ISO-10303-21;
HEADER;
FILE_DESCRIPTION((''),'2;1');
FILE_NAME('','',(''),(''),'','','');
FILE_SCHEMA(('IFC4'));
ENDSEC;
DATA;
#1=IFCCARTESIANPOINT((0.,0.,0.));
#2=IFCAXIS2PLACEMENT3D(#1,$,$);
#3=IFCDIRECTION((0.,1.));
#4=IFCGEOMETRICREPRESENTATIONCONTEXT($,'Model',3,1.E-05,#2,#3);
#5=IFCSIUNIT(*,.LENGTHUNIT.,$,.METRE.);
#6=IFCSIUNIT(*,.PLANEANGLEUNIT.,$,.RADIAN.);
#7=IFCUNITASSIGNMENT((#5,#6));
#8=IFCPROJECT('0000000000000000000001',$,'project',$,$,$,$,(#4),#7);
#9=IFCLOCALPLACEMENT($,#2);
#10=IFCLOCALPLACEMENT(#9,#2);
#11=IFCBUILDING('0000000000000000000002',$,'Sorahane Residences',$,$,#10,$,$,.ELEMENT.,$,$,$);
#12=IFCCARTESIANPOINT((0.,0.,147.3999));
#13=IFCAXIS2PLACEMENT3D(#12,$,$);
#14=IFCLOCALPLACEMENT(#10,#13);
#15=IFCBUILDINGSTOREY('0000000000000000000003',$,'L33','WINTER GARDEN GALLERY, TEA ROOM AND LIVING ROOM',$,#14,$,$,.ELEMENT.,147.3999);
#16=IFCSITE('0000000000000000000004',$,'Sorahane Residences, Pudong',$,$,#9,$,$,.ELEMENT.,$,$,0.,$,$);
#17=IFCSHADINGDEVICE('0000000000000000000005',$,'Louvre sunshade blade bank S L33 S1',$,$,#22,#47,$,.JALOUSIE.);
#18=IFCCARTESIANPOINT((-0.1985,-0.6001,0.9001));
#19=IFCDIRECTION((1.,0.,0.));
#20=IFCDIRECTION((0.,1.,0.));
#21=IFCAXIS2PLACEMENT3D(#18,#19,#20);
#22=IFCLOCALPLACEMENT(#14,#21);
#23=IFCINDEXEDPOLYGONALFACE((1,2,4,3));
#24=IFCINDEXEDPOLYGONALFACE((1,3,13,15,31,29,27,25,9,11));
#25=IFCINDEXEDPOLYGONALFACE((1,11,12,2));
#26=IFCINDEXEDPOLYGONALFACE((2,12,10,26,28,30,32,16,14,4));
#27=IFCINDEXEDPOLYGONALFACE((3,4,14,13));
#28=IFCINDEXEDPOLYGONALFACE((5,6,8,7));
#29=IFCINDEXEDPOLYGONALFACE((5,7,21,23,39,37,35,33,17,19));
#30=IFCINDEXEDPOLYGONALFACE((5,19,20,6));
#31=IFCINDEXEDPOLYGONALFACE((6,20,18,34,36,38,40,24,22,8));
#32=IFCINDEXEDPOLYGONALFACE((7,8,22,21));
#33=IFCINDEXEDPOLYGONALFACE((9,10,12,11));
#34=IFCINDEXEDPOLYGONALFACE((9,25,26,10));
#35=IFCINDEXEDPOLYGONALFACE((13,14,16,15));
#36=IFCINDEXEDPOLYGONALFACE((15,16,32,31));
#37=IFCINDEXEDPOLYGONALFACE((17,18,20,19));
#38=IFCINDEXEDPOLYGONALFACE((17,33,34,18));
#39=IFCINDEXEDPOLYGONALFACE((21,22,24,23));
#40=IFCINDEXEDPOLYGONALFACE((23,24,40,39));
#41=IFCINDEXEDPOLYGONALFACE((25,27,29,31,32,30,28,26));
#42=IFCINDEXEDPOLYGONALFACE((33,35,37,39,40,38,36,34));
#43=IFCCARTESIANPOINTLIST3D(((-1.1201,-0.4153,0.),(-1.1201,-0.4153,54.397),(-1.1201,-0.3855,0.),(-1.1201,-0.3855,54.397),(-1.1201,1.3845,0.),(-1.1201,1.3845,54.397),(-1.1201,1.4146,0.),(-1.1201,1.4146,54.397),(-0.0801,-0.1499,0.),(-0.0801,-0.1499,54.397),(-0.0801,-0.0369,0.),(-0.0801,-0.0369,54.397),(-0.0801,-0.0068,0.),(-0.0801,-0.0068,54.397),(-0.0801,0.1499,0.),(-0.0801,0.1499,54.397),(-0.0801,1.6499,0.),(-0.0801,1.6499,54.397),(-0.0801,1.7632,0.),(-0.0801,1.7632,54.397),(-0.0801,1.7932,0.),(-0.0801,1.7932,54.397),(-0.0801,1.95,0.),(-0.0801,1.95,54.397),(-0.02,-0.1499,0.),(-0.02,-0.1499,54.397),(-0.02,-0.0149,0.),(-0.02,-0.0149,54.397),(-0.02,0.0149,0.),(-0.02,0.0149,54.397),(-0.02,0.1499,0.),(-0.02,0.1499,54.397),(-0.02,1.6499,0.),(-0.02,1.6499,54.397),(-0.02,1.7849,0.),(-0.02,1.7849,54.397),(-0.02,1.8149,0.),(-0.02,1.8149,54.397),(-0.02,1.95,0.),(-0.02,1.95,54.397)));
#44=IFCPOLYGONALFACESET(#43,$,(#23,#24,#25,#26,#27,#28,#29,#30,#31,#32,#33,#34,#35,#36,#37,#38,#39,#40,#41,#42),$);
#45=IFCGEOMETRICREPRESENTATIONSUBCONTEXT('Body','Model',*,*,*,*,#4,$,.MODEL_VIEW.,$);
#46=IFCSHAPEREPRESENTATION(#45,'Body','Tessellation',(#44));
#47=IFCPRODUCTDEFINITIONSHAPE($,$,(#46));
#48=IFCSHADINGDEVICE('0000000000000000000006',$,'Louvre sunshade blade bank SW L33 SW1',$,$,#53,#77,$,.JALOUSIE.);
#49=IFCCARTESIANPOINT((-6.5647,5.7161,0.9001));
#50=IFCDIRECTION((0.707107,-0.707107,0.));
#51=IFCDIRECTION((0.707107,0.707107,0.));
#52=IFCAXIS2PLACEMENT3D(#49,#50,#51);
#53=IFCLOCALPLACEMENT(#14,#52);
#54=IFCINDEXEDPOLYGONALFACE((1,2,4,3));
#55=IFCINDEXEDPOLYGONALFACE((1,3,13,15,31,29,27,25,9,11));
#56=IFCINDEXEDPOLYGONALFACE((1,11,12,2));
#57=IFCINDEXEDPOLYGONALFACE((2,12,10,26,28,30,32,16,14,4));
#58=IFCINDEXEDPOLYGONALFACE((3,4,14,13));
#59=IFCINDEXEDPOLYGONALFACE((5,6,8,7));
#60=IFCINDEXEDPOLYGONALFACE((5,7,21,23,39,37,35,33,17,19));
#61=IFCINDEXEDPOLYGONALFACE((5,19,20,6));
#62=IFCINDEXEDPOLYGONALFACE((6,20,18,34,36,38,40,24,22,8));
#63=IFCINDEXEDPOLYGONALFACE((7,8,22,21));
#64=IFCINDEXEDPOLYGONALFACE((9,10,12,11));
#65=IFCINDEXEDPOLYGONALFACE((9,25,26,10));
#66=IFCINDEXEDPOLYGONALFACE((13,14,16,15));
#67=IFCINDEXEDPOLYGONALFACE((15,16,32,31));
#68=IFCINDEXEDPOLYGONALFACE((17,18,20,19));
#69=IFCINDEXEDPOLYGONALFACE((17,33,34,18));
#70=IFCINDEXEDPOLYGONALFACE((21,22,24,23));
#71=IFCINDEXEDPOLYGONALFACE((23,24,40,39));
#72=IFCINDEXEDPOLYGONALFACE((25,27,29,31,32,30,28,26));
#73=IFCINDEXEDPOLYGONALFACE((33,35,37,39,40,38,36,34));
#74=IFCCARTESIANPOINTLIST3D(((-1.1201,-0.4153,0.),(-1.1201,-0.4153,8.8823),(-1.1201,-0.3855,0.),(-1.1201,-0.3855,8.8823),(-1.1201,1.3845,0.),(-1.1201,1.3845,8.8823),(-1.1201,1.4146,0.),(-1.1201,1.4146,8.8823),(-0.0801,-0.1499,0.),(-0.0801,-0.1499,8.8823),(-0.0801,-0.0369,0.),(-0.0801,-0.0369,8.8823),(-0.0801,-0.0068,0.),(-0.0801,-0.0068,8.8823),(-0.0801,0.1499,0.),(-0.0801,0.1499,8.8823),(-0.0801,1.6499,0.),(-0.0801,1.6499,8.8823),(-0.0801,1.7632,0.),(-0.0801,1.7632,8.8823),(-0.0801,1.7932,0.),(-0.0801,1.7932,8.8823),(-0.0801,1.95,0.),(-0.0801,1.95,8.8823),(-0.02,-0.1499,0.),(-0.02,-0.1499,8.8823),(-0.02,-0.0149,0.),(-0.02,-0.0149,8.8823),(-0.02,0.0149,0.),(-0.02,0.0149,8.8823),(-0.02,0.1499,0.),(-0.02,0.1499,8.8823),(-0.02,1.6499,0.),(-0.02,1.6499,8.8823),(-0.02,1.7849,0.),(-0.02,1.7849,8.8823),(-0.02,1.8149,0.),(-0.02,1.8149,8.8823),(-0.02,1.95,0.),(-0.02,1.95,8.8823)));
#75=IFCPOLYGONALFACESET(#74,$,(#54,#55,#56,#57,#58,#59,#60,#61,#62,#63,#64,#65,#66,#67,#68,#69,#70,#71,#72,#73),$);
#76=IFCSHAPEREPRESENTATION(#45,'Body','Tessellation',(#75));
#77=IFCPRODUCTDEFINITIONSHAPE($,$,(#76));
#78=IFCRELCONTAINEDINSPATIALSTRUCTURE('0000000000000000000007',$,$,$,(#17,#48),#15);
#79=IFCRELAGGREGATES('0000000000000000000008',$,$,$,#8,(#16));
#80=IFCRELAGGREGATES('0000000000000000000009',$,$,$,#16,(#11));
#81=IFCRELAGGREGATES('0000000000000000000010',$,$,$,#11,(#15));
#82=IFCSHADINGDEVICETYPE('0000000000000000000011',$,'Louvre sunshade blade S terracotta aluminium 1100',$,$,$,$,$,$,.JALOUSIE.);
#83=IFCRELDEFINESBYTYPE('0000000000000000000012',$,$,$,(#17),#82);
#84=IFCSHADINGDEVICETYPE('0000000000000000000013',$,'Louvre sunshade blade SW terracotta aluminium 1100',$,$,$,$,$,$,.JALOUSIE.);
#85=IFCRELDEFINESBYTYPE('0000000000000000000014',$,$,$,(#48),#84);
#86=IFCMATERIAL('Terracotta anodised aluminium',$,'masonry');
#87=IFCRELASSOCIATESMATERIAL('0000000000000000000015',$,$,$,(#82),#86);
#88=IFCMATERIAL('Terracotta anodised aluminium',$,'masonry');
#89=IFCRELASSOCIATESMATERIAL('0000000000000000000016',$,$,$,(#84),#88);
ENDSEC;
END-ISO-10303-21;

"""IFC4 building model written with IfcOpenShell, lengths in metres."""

from ifc_helpers import new_model, si_unit, direction, frame, origin, place, context, subcontext, project, spatial, polyline, outline, composite_profile, extrude, material, type_object, element, save


model = new_model("IFC4")

# Units and contexts
model_context = context("Model", 3, precision=1e-05, world=origin(), true_north=direction((0.0, 1.0)))
body_context = subcontext(model_context, "Body", "Model", "MODEL_VIEW")
ifc_project = project(units=[si_unit("LENGTHUNIT", "METRE"), si_unit("PLANEANGLEUNIT", "RADIAN")], contexts=[model_context])

# Site, building, storey
site_placement = place(None, origin())
site = spatial("IfcSite", under=ifc_project, at=site_placement, Name="Sorahane Residences, Pudong", CompositionType="ELEMENT", RefElevation=0.0)
building_placement = place(site_placement, origin())
building = spatial("IfcBuilding", under=site, at=building_placement, Name="Sorahane Residences", CompositionType="ELEMENT")
storey_placement = place(building_placement, frame((0.0, 0.0, 147.3999)))
storey = spatial("IfcBuildingStorey", under=building, at=storey_placement, Name="L33", Description="WINTER GARDEN GALLERY, TEA ROOM AND LIVING ROOM", CompositionType="ELEMENT", Elevation=147.3999)

# Shading devices
ifc_material_1 = material(Name="Terracotta anodised aluminium", Category="masonry")
shading_device_type_1 = type_object("IfcShadingDeviceType", Name="Louvre sunshade blade S terracotta aluminium 1100", PredefinedType="JALOUSIE", material=ifc_material_1)
shading_device_1_placement = place(storey_placement, frame((-0.1985, -0.6001, 0.9001), z_axis=(1.0, 0.0, 0.0), x_axis=(0.0, 1.0, 0.0)))
element("IfcShadingDevice", 1, at=shading_device_1_placement, inside=storey, type_object=shading_device_type_1, Name="Louvre sunshade blade bank S L33 S1", PredefinedType="JALOUSIE", context=body_context, shape_type="SweptSolid", body=[
    extrude(composite_profile([outline(polyline([(-1.1201, -0.3855), (-1.1201, -0.4153), (-0.0801, -0.0369), (-0.0801, -0.1499), (-0.02, -0.1499), (-0.02, -0.0149), (-0.02, 0.0149), (-0.02, 0.1499), (-0.0801, 0.1499), (-0.0801, -0.0068), (-1.1201, -0.3855)])), outline(polyline([(-1.1201, 1.4146), (-1.1201, 1.3845), (-0.0801, 1.7632), (-0.0801, 1.6499), (-0.02, 1.6499), (-0.02, 1.7849), (-0.02, 1.8149), (-0.02, 1.95), (-0.0801, 1.95), (-0.0801, 1.7932), (-1.1201, 1.4146)]))]), origin(), (0.0, 0.0, 1.0), 54.397),
])
ifc_material_2 = material(Name="Terracotta anodised aluminium", Category="masonry")
shading_device_type_2 = type_object("IfcShadingDeviceType", Name="Louvre sunshade blade SW terracotta aluminium 1100", PredefinedType="JALOUSIE", material=ifc_material_2)
shading_device_2_placement = place(storey_placement, frame((-6.5647, 5.7161, 0.9001), z_axis=(0.707107, -0.707107, 0.0), x_axis=(0.707107, 0.707107, 0.0)))
element("IfcShadingDevice", 2, at=shading_device_2_placement, inside=storey, type_object=shading_device_type_2, Name="Louvre sunshade blade bank SW L33 SW1", PredefinedType="JALOUSIE", context=body_context, shape_type="SweptSolid", body=[
    extrude(composite_profile([outline(polyline([(-1.1201, -0.3855), (-1.1201, -0.4153), (-0.0801, -0.0369), (-0.0801, -0.1499), (-0.02, -0.1499), (-0.02, -0.0149), (-0.02, 0.0149), (-0.02, 0.1499), (-0.0801, 0.1499), (-0.0801, -0.0068), (-1.1201, -0.3855)])), outline(polyline([(-1.1201, 1.4146), (-1.1201, 1.3845), (-0.0801, 1.7632), (-0.0801, 1.6499), (-0.02, 1.6499), (-0.02, 1.7849), (-0.02, 1.8149), (-0.02, 1.95), (-0.0801, 1.95), (-0.0801, 1.7932), (-1.1201, 1.4146)]))]), origin(), (0.0, 0.0, 1.0), 8.8823),
])

save(model, "model.ifc")
